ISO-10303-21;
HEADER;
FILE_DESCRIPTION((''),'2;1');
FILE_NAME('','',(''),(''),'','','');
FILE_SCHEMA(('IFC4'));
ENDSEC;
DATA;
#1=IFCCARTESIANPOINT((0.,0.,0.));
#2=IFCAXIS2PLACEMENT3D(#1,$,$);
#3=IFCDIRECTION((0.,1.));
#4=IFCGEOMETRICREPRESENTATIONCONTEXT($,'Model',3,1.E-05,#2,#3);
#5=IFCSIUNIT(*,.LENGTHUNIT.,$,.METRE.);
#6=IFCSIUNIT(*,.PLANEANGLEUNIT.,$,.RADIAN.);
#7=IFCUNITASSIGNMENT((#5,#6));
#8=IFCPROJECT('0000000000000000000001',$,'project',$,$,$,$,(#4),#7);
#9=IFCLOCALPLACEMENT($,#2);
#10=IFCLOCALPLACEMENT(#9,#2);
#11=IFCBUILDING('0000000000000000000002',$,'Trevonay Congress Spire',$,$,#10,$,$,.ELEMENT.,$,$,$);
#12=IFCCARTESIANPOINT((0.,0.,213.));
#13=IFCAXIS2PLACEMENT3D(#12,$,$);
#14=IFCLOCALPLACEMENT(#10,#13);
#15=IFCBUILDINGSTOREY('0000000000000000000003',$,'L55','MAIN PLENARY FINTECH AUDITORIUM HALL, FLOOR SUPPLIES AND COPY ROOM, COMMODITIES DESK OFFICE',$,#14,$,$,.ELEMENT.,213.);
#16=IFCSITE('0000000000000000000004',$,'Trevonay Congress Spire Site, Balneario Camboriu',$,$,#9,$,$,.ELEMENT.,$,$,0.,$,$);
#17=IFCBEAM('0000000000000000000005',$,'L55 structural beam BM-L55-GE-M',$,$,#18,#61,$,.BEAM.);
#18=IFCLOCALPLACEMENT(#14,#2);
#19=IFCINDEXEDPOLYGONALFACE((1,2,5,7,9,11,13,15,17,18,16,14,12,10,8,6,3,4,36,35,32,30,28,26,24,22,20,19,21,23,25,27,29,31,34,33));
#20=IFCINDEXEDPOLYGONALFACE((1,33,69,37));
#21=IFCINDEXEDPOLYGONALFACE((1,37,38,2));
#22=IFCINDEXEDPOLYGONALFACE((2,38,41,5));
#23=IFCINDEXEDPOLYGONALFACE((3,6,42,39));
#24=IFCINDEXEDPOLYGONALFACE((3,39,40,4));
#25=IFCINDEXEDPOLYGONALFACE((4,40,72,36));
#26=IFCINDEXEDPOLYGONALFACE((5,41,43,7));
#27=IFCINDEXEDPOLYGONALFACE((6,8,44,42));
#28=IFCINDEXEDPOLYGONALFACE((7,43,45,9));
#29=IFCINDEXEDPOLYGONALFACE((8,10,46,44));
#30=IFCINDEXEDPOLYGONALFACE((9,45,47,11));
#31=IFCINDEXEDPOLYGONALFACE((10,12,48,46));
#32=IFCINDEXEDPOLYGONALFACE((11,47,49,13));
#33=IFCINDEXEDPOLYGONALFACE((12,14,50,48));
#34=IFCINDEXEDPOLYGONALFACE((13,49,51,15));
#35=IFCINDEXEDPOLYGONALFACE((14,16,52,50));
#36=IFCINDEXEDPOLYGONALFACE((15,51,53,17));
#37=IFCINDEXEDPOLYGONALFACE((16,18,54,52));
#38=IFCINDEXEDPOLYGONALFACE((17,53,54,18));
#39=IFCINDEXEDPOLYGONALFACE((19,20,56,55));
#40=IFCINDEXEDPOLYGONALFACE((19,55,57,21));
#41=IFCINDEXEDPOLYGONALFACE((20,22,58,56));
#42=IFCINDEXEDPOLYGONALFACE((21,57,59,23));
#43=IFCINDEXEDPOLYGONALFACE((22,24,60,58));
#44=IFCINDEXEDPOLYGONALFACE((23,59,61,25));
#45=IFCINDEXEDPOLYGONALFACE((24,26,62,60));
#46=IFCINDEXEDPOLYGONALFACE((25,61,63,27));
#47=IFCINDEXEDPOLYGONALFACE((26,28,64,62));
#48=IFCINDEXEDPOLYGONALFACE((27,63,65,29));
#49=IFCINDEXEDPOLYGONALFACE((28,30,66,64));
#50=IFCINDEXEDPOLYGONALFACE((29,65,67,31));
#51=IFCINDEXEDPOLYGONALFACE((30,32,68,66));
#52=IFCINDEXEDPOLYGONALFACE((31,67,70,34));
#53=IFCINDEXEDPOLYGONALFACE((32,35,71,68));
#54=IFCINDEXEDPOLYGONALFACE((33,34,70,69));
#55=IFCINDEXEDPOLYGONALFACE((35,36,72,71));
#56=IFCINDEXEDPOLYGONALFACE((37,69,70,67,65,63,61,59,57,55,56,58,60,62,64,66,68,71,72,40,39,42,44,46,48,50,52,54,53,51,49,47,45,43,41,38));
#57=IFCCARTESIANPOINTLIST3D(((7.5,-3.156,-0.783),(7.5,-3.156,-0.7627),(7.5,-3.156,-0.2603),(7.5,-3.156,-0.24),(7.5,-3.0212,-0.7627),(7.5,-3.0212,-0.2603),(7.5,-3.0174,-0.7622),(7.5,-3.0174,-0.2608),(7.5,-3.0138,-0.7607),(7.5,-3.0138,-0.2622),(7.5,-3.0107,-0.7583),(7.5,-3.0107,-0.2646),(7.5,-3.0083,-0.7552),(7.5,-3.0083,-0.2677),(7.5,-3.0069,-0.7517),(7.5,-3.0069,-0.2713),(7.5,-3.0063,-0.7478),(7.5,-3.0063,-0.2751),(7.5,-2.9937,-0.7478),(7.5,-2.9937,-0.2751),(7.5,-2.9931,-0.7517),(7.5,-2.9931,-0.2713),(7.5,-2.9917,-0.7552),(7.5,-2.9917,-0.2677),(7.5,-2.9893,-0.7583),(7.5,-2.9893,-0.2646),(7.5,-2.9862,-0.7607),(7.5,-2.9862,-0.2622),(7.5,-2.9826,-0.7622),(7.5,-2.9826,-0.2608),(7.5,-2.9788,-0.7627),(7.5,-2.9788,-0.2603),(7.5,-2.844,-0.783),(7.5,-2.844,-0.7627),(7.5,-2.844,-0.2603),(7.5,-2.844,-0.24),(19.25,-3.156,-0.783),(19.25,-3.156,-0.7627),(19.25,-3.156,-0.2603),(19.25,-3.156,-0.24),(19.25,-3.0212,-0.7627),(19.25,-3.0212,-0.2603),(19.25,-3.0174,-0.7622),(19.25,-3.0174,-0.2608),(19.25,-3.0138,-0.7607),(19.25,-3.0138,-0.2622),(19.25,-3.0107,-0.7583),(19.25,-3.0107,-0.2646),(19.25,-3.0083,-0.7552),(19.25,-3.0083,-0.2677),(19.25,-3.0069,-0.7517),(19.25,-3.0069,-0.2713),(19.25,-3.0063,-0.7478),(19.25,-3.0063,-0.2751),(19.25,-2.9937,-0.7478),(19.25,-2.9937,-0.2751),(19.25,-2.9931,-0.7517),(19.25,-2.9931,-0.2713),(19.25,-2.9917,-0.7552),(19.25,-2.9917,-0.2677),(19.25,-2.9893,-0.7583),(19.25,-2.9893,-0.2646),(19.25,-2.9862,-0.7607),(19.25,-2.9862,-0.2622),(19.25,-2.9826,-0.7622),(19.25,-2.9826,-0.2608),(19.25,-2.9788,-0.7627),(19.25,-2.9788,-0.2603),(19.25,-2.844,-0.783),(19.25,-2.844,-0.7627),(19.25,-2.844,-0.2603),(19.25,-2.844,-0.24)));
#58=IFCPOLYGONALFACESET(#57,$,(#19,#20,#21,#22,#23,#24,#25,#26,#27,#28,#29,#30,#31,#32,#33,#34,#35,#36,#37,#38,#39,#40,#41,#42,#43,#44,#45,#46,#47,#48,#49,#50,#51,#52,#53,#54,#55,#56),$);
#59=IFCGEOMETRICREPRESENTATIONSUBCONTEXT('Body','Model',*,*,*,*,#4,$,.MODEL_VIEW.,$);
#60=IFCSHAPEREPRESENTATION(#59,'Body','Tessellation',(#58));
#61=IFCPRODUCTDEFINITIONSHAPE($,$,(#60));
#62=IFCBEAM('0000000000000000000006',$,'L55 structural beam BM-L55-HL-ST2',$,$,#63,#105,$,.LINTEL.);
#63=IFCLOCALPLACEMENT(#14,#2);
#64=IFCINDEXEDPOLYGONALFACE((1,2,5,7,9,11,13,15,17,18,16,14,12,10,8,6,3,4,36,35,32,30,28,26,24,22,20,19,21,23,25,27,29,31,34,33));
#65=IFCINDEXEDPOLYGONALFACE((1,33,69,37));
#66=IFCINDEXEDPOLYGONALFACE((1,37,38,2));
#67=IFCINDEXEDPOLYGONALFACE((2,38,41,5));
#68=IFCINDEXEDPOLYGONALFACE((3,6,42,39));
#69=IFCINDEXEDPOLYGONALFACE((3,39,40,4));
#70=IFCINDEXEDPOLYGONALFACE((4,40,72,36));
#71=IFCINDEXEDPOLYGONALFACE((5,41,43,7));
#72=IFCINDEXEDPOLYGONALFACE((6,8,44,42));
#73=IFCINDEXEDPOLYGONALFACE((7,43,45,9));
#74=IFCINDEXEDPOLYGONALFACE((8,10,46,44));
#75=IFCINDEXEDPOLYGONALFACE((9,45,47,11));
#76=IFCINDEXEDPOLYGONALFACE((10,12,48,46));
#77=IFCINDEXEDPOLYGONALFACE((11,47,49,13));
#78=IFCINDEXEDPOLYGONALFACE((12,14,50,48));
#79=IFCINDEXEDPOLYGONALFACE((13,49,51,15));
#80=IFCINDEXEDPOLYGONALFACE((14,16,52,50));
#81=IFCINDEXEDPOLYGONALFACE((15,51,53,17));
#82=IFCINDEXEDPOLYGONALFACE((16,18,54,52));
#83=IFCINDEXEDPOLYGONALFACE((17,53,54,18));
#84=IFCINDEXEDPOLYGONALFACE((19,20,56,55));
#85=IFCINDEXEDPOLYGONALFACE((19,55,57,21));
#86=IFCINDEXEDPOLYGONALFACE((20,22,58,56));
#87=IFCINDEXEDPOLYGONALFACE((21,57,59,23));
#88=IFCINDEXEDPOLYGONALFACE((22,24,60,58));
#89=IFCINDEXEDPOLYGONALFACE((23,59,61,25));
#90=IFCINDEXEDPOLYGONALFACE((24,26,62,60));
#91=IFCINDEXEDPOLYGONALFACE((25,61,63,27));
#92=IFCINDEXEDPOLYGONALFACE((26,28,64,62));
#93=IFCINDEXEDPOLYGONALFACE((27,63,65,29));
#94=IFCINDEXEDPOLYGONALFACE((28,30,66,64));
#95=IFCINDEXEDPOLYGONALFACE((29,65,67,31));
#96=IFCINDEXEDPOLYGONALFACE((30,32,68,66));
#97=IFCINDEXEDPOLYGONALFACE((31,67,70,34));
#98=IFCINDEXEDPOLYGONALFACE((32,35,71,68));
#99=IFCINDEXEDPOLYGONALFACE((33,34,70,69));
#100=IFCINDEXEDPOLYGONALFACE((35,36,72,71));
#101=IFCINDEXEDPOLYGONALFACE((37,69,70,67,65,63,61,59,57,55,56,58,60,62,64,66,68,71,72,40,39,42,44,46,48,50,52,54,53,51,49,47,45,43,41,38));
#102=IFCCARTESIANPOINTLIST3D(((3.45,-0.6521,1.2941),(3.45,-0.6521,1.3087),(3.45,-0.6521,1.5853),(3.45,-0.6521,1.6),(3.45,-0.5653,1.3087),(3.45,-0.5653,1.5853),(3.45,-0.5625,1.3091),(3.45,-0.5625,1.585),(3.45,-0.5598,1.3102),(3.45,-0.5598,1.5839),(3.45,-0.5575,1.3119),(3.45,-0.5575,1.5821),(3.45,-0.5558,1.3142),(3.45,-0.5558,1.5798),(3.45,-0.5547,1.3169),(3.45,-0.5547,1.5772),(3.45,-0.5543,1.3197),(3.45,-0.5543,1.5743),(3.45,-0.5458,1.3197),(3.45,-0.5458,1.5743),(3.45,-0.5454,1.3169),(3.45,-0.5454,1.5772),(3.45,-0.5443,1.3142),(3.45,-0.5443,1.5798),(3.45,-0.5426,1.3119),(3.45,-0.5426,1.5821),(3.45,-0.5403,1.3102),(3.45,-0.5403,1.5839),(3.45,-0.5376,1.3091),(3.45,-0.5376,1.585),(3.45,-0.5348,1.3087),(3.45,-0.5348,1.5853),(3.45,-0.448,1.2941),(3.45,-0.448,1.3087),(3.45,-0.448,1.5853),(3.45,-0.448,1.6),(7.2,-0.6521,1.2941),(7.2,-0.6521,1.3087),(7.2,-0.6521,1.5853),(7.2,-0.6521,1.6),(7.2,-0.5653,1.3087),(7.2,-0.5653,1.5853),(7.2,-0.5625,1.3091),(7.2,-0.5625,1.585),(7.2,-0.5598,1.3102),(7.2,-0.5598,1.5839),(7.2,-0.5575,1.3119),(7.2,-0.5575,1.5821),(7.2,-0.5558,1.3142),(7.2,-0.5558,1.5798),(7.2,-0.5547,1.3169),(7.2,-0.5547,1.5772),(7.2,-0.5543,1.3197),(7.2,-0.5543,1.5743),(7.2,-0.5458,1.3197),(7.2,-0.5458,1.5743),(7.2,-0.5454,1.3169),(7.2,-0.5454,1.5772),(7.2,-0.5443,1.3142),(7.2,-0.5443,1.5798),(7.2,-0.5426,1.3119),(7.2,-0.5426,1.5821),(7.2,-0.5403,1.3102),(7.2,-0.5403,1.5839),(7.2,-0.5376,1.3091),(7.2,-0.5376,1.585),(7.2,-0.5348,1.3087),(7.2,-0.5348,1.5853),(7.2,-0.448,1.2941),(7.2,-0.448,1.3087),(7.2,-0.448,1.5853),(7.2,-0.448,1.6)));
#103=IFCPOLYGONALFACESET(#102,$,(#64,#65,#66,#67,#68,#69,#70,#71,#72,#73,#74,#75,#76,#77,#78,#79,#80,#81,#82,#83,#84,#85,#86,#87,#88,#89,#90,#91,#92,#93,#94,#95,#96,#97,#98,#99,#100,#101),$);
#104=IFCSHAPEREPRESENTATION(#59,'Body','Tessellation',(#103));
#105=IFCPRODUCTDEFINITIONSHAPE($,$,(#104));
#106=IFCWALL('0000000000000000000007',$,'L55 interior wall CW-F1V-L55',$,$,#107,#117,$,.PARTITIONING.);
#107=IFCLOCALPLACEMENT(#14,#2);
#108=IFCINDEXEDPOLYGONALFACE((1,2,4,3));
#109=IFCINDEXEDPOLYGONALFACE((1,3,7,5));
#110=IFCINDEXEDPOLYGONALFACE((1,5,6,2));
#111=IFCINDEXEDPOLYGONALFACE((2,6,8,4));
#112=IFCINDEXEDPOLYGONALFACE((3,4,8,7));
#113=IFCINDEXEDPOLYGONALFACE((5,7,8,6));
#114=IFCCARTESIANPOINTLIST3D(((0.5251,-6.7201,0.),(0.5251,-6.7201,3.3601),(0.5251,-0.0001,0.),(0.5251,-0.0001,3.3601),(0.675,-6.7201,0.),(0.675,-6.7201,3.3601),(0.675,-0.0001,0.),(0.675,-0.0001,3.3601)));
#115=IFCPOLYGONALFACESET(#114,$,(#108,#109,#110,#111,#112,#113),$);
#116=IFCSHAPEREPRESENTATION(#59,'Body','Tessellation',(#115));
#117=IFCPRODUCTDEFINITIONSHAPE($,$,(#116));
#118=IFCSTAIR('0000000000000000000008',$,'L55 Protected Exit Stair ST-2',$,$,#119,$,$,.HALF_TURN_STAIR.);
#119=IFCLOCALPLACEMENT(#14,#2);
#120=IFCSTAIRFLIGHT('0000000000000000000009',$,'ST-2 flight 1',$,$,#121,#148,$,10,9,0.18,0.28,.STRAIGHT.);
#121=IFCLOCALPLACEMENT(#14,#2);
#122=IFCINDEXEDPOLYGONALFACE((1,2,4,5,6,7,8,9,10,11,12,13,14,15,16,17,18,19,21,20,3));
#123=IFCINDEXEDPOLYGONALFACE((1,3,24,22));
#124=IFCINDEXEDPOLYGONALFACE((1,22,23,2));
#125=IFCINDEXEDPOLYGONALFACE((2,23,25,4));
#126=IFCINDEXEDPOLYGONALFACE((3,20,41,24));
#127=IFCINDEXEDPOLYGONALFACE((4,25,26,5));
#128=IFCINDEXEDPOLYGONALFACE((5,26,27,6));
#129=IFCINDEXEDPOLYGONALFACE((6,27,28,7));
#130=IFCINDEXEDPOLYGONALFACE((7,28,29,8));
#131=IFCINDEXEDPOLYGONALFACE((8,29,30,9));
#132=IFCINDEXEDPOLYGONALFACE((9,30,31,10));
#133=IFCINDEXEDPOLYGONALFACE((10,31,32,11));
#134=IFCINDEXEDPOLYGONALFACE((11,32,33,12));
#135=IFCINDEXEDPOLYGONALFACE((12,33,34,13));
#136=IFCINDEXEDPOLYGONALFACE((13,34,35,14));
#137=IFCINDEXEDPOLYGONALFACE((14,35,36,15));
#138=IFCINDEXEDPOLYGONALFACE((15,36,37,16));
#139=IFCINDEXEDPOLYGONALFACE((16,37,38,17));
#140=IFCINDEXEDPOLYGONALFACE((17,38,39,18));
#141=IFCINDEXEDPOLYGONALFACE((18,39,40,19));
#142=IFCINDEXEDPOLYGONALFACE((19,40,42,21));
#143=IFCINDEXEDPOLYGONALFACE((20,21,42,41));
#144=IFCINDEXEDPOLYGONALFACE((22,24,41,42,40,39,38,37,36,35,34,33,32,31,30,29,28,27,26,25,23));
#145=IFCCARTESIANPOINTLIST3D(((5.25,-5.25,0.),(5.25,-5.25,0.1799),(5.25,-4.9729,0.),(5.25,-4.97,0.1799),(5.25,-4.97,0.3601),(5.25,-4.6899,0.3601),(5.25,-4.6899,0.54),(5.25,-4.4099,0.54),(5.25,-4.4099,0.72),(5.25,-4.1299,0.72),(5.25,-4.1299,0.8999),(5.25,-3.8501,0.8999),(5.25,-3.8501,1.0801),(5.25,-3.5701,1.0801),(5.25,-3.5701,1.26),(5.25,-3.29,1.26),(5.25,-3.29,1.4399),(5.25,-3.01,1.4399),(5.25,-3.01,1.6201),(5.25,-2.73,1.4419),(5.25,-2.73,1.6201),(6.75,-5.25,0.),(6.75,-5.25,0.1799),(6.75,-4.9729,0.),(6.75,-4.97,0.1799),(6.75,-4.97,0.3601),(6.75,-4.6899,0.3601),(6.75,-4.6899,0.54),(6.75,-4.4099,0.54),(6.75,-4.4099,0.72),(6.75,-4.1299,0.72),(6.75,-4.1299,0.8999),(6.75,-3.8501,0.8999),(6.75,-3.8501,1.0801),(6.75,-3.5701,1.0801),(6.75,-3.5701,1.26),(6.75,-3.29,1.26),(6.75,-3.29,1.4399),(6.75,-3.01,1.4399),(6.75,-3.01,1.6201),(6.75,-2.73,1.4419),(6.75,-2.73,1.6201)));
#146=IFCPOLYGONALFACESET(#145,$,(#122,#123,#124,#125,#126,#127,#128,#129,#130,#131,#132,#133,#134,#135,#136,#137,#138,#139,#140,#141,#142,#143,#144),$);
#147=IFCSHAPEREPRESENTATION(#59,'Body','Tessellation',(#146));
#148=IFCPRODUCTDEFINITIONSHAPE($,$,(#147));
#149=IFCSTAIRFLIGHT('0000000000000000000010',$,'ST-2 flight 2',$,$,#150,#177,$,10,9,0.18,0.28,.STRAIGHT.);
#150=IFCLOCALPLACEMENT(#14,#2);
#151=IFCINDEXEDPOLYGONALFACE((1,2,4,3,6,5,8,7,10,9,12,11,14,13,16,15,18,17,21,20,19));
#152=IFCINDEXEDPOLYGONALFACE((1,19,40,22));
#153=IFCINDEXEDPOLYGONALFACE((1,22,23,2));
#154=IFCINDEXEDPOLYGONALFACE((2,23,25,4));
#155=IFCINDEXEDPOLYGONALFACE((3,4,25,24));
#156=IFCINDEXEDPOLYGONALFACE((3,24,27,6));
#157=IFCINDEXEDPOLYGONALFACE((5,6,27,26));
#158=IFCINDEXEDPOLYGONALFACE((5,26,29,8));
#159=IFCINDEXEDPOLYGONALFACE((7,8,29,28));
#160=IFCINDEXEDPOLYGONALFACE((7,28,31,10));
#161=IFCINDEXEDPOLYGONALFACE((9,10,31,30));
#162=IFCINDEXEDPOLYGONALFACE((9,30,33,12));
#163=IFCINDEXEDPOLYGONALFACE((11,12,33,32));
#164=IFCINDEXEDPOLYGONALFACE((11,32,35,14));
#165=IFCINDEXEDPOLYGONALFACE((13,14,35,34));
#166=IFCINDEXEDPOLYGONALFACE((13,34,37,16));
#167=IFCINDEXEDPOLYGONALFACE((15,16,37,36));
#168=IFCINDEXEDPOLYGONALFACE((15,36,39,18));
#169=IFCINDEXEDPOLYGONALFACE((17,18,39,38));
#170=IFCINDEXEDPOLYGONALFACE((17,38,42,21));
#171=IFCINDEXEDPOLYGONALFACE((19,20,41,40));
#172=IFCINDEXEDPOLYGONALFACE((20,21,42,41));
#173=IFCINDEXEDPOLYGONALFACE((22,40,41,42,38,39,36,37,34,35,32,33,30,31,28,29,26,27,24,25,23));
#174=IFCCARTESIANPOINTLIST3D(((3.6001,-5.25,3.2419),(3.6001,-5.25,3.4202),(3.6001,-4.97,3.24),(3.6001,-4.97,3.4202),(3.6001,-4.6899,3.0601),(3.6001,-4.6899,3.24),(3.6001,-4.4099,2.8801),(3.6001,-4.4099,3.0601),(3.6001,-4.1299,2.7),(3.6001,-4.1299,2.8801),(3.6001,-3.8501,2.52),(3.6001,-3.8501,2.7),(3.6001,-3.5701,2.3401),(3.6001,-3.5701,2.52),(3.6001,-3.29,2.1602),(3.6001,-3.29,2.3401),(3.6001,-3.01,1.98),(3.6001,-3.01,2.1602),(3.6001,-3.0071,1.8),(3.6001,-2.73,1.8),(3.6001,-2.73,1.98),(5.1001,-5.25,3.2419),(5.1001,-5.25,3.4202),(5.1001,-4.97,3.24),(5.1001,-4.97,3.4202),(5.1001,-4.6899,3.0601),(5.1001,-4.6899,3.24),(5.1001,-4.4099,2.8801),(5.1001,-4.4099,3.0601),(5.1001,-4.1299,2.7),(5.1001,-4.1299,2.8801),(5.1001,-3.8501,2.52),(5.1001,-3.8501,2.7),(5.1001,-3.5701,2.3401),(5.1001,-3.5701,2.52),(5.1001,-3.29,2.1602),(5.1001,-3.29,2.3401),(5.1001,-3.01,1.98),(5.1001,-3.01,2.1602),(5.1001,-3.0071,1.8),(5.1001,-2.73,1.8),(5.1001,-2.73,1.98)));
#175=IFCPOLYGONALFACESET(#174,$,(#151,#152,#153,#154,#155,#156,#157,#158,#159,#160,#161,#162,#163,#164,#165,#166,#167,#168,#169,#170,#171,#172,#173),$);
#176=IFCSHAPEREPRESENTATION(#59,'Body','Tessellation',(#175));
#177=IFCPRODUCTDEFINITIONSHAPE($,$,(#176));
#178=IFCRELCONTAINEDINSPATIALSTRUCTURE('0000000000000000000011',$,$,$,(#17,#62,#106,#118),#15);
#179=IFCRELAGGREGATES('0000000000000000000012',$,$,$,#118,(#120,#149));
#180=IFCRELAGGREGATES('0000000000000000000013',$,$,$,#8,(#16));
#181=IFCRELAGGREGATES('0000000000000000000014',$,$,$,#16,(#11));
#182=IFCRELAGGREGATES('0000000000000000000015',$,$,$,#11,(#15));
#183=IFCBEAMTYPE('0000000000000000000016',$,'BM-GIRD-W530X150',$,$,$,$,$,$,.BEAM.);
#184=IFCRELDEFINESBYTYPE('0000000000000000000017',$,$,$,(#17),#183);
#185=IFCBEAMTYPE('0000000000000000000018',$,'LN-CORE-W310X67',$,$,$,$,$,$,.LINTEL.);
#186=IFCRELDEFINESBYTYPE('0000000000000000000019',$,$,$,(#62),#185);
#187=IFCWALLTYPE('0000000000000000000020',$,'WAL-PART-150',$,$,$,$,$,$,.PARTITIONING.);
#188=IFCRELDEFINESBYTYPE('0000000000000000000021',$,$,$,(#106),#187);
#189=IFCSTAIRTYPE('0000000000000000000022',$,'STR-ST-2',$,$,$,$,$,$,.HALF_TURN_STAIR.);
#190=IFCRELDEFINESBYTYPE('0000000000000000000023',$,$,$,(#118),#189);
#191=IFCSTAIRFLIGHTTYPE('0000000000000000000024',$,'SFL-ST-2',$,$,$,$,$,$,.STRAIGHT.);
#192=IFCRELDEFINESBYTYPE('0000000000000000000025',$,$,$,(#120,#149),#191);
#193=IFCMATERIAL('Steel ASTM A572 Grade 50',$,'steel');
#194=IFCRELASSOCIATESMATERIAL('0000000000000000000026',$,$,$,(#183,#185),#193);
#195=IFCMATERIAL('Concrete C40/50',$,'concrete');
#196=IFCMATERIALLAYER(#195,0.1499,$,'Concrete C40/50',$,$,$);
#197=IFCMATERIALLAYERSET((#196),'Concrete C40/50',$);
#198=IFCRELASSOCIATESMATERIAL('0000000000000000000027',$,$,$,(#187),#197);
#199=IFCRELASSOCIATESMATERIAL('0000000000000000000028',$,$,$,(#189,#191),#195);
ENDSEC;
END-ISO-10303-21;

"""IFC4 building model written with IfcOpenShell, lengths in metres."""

from ifc_helpers import new_model, si_unit, direction, frame, frame_2d, origin, origin_2d, place, context, subcontext, project, spatial, polyline, rectangle, i_section, outline, extrude, material, layer, layer_set, material_profile, profile_set, type_object, element, aggregate, save


model = new_model("IFC4")

# Units and contexts
model_context = context("Model", 3, precision=1e-05, world=origin(), true_north=direction((0.0, 1.0)))
body_context = subcontext(model_context, "Body", "Model", "MODEL_VIEW")
ifc_project = project(units=[si_unit("LENGTHUNIT", "METRE"), si_unit("PLANEANGLEUNIT", "RADIAN")], contexts=[model_context])

# Site, building, storey
site_placement = place(None, origin())
site = spatial("IfcSite", under=ifc_project, at=site_placement, Name="Trevonay Congress Spire Site, Balneario Camboriu", CompositionType="ELEMENT", RefElevation=0.0)
building_placement = place(site_placement, origin())
building = spatial("IfcBuilding", under=site, at=building_placement, Name="Trevonay Congress Spire", CompositionType="ELEMENT")
storey_placement = place(building_placement, frame((0.0, 0.0, 213.0)))
storey = spatial("IfcBuildingStorey", under=building, at=storey_placement, Name="L55", Description="MAIN PLENARY FINTECH AUDITORIUM HALL, FLOOR SUPPLIES AND COPY ROOM, COMMODITIES DESK OFFICE", CompositionType="ELEMENT", Elevation=213.0)

# Beams
ifc_material_1 = material(Name="Steel ASTM A572 Grade 50", Category="steel")
ifc_material_profile_1 = material_profile(ifc_material_1, i_section(OverallWidth=0.312, OverallDepth=0.543, WebThickness=0.0127, FlangeThickness=0.0203, FilletRadius=0.0149, at=origin_2d()), Name="W530x150")
ifc_profile_set_1 = profile_set([ifc_material_profile_1], Name="Steel ASTM A572 Grade 50")
beam_type_1 = type_object("IfcBeamType", Name="BM-GIRD-W530X150", PredefinedType="BEAM", material=ifc_profile_set_1)
beam_1_placement = place(storey_placement, frame((7.5, -3.0, -0.5115), z_axis=(1.0, 0.0, 0.0), x_axis=(0.0, 1.0, 0.0)))
element("IfcBeam", 1, at=beam_1_placement, inside=storey, type_object=beam_type_1, Name="L55 structural beam BM-L55-GE-M", PredefinedType="BEAM", context=body_context, shape_type="SweptSolid", body=[
    extrude(i_section(OverallWidth=0.312, OverallDepth=0.543, WebThickness=0.0127, FlangeThickness=0.0203, FilletRadius=0.0149, at=origin_2d()), origin(), (0.0, 0.0, 1.0), 11.75),
])
ifc_material_profile_2 = material_profile(ifc_material_1, i_section(OverallWidth=0.2041, OverallDepth=0.3059, WebThickness=0.0085, FlangeThickness=0.0146, FilletRadius=0.011, at=origin_2d()), Name="W310x67")
ifc_profile_set_2 = profile_set([ifc_material_profile_2], Name="Steel ASTM A572 Grade 50")
beam_type_2 = type_object("IfcBeamType", Name="LN-CORE-W310X67", PredefinedType="LINTEL", material=ifc_profile_set_2)
beam_2_placement = place(storey_placement, frame((3.45, -0.55, 1.447), z_axis=(1.0, 0.0, 0.0), x_axis=(0.0, 1.0, 0.0)))
element("IfcBeam", 2, at=beam_2_placement, inside=storey, type_object=beam_type_2, Name="L55 structural beam BM-L55-HL-ST2", PredefinedType="LINTEL", context=body_context, shape_type="SweptSolid", body=[
    extrude(i_section(OverallWidth=0.2041, OverallDepth=0.3059, WebThickness=0.0085, FlangeThickness=0.0146, FilletRadius=0.011, at=origin_2d()), origin(), (0.0, 0.0, 1.0), 3.75),
])

# Wall
ifc_material_2 = material(Name="Concrete C40/50", Category="concrete")
ifc_layer_1 = layer(ifc_material_2, 0.1499, Name="Concrete C40/50")
ifc_layer_set_1 = layer_set([ifc_layer_1], Name="Concrete C40/50")
wall_type = type_object("IfcWallType", Name="WAL-PART-150", PredefinedType="PARTITIONING", material=ifc_layer_set_1)
wall_placement = place(storey_placement, frame((0.6001, -6.72, 0.0), z_axis=(0.0, 0.0, 1.0), x_axis=(0.0, 1.0, 0.0)))
element("IfcWall", 3, at=wall_placement, inside=storey, type_object=wall_type, Name="L55 interior wall CW-F1V-L55", PredefinedType="PARTITIONING", context=body_context, shape_type="SweptSolid", body=[
    extrude(rectangle(XDim=6.72, YDim=0.1499, at=frame_2d((3.3599, 0.0))), origin(), (0.0, 0.0, 1.0), 3.3601),
])

# Stair, stair flights
stair_type = type_object("IfcStairType", Name="STR-ST-2", PredefinedType="HALF_TURN_STAIR", material=ifc_material_2)
stair_placement = place(storey_placement, origin())
stair = element("IfcStair", 4, at=stair_placement, inside=storey, type_object=stair_type, Name="L55 Protected Exit Stair ST-2", PredefinedType="HALF_TURN_STAIR")
stair_flight_type = type_object("IfcStairFlightType", Name="SFL-ST-2", PredefinedType="STRAIGHT", material=ifc_material_2)
stair_flight_1_placement = place(storey_placement, frame((6.0, -5.25, 0.0), z_axis=(0.0, 0.0, 1.0), x_axis=(0.0, 1.0, 0.0)))
stair_flight_1 = element("IfcStairFlight", 5, at=stair_flight_1_placement, type_object=stair_flight_type, Name="ST-2 flight 1", NumberOfRisers=10, NumberOfTreads=9, PredefinedType="STRAIGHT", RiserHeight=0.18, TreadLength=0.28, context=body_context, shape_type="SweptSolid", body=[
    extrude(outline(polyline([(0.0, 0.0), (0.0, 0.1799), (0.28, 0.1799), (0.28, 0.3601), (0.5601, 0.3601), (0.5601, 0.54), (0.8401, 0.54), (0.8401, 0.72), (1.1201, 0.72), (1.1201, 0.8999), (1.3999, 0.8999), (1.3999, 1.0801), (1.6799, 1.0801), (1.6799, 1.26), (1.96, 1.26), (1.96, 1.4399), (2.24, 1.4399), (2.24, 1.6201), (2.52, 1.6201), (2.52, 1.8), (2.52, 1.4419), (0.2771, 0.0), (0.0, 0.0)])), frame((0.0, 0.75, 0.0), z_axis=(0.0, -1.0, 0.0), x_axis=(1.0, 0.0, 0.0)), (0.0, 0.0, 1.0), 1.5),
])
stair_flight_2_placement = place(storey_placement, frame((4.3501, -2.73, 1.8), z_axis=(0.0, 0.0, 1.0), x_axis=(0.0, -1.0, 0.0)))
stair_flight_2 = element("IfcStairFlight", 6, at=stair_flight_2_placement, type_object=stair_flight_type, Name="ST-2 flight 2", NumberOfRisers=10, NumberOfTreads=9, PredefinedType="STRAIGHT", RiserHeight=0.18, TreadLength=0.28, context=body_context, shape_type="SweptSolid", body=[
    extrude(outline(polyline([(0.0, 0.0), (0.0, 0.1799), (0.28, 0.1799), (0.28, 0.3601), (0.5601, 0.3601), (0.5601, 0.54), (0.8401, 0.54), (0.8401, 0.72), (1.1201, 0.72), (1.1201, 0.8999), (1.3999, 0.8999), (1.3999, 1.0801), (1.6799, 1.0801), (1.6799, 1.26), (1.96, 1.26), (1.96, 1.4399), (2.24, 1.4399), (2.24, 1.6201), (2.52, 1.6201), (2.52, 1.8), (2.52, 1.4419), (0.2771, 0.0), (0.0, 0.0)])), frame((0.0, 0.75, 0.0), z_axis=(0.0, -1.0, 0.0), x_axis=(1.0, 0.0, 0.0)), (0.0, 0.0, 1.0), 1.5),
])
aggregate(stair, [stair_flight_1, stair_flight_2])

save(model, "model.ifc")
